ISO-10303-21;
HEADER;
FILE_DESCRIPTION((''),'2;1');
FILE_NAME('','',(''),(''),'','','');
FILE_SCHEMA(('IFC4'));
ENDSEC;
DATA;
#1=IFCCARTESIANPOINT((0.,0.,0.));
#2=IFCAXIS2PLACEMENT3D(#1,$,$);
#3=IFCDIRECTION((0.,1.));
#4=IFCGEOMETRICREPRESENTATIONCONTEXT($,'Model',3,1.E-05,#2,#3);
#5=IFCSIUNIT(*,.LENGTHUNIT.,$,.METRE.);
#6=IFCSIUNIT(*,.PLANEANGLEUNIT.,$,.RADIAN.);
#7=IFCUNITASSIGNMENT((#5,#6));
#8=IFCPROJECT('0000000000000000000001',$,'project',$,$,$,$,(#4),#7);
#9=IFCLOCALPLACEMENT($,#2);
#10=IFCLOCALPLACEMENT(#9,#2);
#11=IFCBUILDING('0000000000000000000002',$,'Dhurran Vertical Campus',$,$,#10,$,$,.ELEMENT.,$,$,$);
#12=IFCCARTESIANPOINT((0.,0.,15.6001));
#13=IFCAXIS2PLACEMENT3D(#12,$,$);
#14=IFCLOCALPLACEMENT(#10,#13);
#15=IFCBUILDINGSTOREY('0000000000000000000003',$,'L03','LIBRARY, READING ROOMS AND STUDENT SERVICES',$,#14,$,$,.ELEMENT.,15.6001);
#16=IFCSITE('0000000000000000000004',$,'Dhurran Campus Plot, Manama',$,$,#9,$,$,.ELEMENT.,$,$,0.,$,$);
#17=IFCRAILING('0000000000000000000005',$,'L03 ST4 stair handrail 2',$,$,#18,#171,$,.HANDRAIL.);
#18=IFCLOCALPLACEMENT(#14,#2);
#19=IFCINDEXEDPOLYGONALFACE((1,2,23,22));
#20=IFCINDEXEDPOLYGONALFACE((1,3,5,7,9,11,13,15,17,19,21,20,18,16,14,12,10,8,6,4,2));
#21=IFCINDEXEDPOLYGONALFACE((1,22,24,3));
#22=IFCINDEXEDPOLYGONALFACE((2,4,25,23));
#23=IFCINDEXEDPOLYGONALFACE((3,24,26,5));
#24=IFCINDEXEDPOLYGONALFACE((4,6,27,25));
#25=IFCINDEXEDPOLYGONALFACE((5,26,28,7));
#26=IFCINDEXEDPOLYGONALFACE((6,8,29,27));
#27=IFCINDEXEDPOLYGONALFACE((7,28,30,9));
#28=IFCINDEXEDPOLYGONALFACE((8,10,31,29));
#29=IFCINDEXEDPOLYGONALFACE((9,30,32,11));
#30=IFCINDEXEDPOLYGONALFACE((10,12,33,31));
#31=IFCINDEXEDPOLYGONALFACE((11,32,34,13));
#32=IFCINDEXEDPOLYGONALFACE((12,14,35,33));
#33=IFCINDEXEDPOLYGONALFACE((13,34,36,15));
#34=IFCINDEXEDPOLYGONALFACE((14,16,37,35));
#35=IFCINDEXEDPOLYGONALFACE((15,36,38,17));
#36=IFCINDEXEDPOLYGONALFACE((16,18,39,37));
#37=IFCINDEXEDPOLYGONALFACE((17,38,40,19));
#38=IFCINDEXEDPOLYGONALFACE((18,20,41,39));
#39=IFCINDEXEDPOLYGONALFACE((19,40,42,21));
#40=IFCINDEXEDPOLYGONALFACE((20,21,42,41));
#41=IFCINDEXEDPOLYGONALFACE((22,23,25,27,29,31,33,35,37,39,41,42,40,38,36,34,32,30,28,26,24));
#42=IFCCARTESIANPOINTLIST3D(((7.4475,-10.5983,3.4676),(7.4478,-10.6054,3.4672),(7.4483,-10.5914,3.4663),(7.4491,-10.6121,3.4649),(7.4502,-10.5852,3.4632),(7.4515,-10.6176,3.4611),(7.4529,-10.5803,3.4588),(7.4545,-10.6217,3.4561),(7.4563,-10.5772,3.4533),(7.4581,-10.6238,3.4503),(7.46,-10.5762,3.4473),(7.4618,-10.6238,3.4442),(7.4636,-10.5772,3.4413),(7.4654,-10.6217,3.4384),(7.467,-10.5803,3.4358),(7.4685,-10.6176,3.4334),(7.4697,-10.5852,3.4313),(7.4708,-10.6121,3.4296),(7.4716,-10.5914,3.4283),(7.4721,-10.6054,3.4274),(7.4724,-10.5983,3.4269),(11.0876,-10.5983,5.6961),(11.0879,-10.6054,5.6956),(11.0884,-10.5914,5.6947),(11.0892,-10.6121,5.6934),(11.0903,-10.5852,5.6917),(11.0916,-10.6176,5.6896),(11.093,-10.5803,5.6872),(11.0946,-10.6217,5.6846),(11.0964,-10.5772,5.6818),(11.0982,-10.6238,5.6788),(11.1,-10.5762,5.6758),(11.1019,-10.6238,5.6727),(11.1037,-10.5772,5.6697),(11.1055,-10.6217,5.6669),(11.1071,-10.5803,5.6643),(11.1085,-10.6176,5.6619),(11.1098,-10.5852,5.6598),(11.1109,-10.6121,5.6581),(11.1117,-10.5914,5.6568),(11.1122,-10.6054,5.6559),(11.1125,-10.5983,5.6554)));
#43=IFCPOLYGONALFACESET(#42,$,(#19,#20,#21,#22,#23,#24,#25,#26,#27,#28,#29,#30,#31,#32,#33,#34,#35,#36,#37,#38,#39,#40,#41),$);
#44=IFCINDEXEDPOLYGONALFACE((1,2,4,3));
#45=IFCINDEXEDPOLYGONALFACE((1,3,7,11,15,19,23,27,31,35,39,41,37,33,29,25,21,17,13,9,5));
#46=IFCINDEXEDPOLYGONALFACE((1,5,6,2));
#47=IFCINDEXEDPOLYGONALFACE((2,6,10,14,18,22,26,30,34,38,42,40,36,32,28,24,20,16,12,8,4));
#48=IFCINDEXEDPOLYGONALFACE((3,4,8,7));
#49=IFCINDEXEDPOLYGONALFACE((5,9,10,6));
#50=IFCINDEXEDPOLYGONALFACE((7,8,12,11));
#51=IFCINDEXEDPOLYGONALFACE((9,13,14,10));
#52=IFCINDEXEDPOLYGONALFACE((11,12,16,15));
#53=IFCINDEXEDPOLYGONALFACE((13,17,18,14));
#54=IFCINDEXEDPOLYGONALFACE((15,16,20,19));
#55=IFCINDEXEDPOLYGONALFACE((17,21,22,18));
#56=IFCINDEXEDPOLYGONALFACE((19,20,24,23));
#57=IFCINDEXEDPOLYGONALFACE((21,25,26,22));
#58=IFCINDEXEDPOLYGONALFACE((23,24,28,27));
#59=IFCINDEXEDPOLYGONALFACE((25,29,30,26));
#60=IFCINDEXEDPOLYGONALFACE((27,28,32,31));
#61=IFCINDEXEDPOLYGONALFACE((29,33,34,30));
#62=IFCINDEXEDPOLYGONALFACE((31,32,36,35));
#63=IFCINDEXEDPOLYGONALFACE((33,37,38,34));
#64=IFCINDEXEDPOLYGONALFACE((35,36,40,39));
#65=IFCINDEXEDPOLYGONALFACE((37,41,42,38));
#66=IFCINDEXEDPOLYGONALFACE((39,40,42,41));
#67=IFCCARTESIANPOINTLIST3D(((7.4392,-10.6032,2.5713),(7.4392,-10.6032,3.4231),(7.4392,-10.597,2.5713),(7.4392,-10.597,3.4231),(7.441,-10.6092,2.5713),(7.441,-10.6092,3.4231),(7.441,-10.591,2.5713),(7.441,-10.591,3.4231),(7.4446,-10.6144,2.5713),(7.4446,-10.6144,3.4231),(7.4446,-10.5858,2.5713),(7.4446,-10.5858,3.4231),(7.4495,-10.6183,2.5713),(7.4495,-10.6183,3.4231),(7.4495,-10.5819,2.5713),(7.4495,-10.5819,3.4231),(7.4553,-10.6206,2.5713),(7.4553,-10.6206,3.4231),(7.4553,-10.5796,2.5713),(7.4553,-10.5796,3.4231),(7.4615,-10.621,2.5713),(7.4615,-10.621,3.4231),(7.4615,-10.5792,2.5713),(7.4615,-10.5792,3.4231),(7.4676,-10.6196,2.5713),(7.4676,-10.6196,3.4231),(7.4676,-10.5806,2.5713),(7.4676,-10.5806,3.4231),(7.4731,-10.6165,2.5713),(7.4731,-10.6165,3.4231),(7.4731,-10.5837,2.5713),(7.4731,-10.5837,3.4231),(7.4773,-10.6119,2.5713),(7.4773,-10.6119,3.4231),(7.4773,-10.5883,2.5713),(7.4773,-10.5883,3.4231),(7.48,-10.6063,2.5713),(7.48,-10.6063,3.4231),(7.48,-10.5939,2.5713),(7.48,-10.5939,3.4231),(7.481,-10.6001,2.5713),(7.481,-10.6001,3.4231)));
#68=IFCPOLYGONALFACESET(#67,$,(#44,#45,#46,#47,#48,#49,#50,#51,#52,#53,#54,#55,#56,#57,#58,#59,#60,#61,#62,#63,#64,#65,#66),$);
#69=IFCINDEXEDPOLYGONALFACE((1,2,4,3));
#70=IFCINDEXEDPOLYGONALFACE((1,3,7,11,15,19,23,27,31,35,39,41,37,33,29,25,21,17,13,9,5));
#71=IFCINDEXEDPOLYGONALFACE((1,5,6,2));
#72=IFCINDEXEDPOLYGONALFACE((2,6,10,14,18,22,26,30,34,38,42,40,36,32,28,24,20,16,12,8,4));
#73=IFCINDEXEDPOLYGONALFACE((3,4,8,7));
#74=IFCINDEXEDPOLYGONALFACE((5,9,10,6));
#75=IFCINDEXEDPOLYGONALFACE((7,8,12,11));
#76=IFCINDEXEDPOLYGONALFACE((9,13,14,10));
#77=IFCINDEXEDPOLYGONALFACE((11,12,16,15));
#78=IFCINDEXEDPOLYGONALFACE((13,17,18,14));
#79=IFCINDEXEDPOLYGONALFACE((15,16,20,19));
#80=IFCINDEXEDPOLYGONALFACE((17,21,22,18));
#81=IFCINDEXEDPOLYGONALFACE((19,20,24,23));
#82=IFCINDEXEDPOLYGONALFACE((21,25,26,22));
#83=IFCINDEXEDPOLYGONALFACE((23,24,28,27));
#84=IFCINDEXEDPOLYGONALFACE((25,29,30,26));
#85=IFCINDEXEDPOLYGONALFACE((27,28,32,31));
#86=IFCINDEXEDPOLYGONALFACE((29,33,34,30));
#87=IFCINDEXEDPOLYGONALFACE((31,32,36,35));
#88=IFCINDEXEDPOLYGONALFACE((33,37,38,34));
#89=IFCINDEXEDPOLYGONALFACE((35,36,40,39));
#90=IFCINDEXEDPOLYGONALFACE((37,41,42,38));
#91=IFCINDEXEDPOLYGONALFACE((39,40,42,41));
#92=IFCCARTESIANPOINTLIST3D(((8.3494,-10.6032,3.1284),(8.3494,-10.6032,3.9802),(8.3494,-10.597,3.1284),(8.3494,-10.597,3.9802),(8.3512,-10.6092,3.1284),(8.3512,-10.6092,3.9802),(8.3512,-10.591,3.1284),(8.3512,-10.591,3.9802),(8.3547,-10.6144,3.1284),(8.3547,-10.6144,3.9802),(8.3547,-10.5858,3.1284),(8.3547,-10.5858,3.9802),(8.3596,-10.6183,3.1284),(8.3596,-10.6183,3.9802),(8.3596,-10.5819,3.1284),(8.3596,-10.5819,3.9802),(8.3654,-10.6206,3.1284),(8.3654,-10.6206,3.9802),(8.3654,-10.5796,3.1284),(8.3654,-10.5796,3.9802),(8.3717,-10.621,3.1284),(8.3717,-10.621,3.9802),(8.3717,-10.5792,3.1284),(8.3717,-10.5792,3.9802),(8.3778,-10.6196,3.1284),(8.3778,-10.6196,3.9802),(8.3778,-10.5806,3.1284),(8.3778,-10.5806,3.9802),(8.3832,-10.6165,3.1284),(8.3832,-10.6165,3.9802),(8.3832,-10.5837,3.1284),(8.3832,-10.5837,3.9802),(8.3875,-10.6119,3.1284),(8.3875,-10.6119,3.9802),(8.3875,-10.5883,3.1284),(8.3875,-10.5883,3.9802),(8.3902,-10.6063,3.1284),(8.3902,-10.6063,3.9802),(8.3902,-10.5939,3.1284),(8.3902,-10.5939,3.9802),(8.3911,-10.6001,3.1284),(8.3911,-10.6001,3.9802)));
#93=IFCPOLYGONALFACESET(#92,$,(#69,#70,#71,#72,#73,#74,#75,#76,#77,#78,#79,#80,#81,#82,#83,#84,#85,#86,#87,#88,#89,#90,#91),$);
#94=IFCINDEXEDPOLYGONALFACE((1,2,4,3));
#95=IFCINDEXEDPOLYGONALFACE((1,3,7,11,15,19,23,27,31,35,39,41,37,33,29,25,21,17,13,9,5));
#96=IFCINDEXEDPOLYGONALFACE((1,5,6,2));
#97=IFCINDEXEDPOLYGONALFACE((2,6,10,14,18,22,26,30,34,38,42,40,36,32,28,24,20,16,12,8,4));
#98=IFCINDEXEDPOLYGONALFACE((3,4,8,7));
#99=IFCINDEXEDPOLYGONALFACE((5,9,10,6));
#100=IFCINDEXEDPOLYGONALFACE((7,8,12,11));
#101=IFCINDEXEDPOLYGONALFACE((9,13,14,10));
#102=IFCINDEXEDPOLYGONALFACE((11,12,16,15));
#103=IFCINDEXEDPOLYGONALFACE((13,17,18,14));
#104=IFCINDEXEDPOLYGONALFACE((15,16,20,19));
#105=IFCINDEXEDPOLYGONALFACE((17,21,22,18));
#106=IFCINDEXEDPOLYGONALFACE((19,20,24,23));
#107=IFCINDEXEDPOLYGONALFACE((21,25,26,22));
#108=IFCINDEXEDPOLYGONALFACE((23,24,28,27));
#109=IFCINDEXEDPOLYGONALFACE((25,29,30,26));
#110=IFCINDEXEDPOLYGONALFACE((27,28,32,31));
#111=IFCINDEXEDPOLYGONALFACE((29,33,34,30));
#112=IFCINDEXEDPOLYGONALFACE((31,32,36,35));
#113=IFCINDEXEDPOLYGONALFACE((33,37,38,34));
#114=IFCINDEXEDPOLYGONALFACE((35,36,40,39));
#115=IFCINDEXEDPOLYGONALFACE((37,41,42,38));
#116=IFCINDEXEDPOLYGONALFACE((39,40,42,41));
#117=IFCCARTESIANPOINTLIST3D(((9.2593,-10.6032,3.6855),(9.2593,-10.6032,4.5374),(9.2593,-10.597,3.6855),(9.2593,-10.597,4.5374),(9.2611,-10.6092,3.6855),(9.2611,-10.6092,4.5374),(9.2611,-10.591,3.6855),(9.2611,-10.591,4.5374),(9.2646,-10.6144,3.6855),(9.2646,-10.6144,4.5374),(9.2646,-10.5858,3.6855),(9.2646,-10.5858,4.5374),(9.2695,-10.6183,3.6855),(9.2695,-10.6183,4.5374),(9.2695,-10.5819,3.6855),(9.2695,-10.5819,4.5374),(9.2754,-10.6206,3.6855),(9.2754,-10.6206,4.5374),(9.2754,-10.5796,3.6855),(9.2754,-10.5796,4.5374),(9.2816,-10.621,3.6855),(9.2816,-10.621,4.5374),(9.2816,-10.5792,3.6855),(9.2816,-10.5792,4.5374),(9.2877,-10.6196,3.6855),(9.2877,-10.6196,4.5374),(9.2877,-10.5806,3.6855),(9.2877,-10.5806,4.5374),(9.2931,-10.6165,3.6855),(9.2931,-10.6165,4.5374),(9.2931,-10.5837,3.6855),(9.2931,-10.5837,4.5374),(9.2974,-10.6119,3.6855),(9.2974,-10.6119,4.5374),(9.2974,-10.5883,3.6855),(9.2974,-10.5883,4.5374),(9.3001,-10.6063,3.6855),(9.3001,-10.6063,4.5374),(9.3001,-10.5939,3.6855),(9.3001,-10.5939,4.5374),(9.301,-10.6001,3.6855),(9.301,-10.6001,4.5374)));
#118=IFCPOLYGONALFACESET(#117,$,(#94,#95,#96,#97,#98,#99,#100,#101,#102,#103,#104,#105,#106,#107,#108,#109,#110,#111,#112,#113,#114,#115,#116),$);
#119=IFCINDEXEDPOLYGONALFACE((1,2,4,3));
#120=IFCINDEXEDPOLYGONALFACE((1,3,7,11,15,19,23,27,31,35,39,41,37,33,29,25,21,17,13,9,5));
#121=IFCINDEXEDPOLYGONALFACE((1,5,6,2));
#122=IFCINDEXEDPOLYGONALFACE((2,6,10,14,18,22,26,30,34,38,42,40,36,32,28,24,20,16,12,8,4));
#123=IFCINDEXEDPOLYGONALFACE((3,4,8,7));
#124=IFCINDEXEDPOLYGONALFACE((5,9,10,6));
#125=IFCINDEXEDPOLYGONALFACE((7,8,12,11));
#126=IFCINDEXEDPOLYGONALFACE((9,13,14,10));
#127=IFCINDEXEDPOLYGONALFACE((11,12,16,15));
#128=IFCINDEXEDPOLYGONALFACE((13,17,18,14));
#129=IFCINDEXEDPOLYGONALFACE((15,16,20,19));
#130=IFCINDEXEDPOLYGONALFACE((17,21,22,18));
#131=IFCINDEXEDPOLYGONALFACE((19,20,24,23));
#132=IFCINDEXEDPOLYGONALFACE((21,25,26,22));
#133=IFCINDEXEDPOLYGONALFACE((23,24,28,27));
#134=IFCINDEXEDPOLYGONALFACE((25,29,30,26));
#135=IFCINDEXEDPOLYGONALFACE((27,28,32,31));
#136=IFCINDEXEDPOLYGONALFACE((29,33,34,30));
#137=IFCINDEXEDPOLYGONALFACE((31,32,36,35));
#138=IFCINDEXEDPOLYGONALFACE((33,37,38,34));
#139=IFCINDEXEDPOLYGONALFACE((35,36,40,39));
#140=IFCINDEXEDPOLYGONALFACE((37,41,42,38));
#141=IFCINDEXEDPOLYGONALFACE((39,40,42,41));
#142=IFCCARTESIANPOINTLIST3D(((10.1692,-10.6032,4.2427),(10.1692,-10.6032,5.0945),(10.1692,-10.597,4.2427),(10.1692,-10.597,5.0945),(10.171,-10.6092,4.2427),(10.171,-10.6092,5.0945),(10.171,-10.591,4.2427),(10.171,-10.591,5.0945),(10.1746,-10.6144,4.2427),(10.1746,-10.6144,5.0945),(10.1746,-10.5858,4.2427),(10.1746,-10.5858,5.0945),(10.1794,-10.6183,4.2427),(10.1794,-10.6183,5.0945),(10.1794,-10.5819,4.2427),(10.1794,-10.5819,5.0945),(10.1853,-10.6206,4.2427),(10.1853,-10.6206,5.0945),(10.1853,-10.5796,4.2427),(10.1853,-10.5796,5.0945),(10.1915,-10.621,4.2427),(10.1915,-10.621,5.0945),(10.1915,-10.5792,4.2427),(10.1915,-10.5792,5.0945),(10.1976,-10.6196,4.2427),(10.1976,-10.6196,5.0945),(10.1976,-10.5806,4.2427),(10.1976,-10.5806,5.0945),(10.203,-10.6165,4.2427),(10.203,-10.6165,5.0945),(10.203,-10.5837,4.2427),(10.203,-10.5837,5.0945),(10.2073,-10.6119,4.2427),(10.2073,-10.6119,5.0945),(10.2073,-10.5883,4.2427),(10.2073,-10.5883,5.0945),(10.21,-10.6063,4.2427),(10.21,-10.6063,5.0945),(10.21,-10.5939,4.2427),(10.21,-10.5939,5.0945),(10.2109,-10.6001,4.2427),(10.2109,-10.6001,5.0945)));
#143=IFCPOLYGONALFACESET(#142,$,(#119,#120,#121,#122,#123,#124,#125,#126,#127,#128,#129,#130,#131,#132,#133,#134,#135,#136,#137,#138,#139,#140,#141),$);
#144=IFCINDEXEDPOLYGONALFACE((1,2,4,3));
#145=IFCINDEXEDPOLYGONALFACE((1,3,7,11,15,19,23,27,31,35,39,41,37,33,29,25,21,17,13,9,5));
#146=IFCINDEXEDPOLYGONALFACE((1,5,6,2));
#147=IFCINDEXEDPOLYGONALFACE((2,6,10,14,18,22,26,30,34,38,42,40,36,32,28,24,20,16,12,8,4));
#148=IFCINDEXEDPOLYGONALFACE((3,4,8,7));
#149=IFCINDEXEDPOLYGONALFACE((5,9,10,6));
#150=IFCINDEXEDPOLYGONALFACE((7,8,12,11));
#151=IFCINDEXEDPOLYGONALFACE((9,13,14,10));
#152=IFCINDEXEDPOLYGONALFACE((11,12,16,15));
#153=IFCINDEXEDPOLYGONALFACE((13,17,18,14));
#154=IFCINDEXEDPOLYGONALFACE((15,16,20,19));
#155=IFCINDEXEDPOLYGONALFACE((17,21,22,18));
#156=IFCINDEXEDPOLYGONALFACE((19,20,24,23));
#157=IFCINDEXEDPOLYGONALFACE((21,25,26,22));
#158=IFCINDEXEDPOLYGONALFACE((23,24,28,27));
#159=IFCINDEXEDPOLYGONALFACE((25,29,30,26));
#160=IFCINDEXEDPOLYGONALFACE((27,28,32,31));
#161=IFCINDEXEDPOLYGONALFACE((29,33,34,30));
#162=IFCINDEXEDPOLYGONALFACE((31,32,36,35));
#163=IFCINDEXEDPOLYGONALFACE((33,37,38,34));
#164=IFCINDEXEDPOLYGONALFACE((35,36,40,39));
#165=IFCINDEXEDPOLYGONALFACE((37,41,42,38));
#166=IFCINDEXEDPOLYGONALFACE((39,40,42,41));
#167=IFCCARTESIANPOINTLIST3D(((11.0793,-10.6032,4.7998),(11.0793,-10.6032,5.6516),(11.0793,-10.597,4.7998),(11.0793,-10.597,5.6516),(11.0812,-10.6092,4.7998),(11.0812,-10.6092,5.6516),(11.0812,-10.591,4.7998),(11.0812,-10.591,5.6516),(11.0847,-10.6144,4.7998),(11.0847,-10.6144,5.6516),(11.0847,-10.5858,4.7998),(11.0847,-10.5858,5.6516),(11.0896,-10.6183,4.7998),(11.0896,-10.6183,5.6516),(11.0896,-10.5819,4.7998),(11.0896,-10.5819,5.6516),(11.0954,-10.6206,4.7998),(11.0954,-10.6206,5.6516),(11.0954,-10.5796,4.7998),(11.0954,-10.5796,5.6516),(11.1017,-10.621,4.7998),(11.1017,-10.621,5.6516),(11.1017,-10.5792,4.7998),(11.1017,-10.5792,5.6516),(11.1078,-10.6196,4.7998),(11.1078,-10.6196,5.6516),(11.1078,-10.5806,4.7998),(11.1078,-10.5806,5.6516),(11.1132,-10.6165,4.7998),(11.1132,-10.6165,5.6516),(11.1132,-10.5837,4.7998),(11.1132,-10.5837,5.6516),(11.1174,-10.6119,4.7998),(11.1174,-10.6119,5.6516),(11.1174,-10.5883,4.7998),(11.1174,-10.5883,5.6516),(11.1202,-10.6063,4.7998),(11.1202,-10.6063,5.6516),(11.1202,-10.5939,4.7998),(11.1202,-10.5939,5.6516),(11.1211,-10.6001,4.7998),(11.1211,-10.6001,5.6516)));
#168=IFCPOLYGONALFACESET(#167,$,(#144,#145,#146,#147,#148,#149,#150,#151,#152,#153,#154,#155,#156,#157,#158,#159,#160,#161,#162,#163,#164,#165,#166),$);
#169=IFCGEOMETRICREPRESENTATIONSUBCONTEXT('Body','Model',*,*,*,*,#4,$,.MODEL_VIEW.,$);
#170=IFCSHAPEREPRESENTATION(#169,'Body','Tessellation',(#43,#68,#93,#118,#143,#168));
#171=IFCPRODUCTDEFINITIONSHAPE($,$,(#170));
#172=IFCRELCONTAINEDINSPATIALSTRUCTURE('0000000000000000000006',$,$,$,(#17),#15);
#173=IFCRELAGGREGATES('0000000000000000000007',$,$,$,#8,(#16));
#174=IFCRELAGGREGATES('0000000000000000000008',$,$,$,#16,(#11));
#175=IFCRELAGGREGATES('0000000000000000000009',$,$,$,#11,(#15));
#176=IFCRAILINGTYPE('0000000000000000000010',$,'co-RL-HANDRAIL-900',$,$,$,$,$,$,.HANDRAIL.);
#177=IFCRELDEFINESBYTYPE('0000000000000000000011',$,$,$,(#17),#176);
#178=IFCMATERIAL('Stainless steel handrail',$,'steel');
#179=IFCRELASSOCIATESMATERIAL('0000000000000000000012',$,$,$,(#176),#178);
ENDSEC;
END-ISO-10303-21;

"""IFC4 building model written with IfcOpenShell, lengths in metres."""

from ifc_helpers import new_model, si_unit, direction, frame, origin, origin_2d, place, context, subcontext, project, spatial, circle, extrude, material, type_object, element, save


model = new_model("IFC4")

# Units and contexts
model_context = context("Model", 3, precision=1e-05, world=origin(), true_north=direction((0.0, 1.0)))
body_context = subcontext(model_context, "Body", "Model", "MODEL_VIEW")
ifc_project = project(units=[si_unit("LENGTHUNIT", "METRE"), si_unit("PLANEANGLEUNIT", "RADIAN")], contexts=[model_context])

# Site, building, storey
site_placement = place(None, origin())
site = spatial("IfcSite", under=ifc_project, at=site_placement, Name="Dhurran Campus Plot, Manama", CompositionType="ELEMENT", RefElevation=0.0)
building_placement = place(site_placement, origin())
building = spatial("IfcBuilding", under=site, at=building_placement, Name="Dhurran Vertical Campus", CompositionType="ELEMENT")
storey_placement = place(building_placement, frame((0.0, 0.0, 15.6001)))
storey = spatial("IfcBuildingStorey", under=building, at=storey_placement, Name="L03", Description="LIBRARY, READING ROOMS AND STUDENT SERVICES", CompositionType="ELEMENT", Elevation=15.6001)

# Railing
ifc_material_1 = material(Name="Stainless steel handrail", Category="steel")
railing_type_1 = type_object("IfcRailingType", Name="co-RL-HANDRAIL-900", PredefinedType="HANDRAIL", material=ifc_material_1)
railing_1_placement = place(storey_placement, frame((7.46, -10.6001, 2.5713)))
element("IfcRailing", 1, at=railing_1_placement, inside=storey, type_object=railing_type_1, Name="L03 ST4 stair handrail 2", PredefinedType="HANDRAIL", context=body_context, shape_type="SweptSolid", body=[
    extrude(circle(Radius=0.0239, at=origin_2d()), frame((0.0, 0.0, 0.876), z_axis=(0.852866, 0.0, 0.52213), x_axis=(0.0, 1.0, 0.0)), (0.0, 0.0, 1.0), 4.2681),
    extrude(circle(Radius=0.021, at=origin_2d()), origin(), (0.0, 0.0, 1.0), 0.8518),
    extrude(circle(Radius=0.021, at=origin_2d()), frame((0.9102, 0.0, 0.5571)), (0.0, 0.0, 1.0), 0.8518),
    extrude(circle(Radius=0.021, at=origin_2d()), frame((1.8201, 0.0, 1.1143)), (0.0, 0.0, 1.0), 0.8518),
    extrude(circle(Radius=0.021, at=origin_2d()), frame((2.73, 0.0, 1.6714)), (0.0, 0.0, 1.0), 0.8518),
    extrude(circle(Radius=0.021, at=origin_2d()), frame((3.6401, 0.0, 2.2285)), (0.0, 0.0, 1.0), 0.8518),
])

save(model, "model.ifc")
